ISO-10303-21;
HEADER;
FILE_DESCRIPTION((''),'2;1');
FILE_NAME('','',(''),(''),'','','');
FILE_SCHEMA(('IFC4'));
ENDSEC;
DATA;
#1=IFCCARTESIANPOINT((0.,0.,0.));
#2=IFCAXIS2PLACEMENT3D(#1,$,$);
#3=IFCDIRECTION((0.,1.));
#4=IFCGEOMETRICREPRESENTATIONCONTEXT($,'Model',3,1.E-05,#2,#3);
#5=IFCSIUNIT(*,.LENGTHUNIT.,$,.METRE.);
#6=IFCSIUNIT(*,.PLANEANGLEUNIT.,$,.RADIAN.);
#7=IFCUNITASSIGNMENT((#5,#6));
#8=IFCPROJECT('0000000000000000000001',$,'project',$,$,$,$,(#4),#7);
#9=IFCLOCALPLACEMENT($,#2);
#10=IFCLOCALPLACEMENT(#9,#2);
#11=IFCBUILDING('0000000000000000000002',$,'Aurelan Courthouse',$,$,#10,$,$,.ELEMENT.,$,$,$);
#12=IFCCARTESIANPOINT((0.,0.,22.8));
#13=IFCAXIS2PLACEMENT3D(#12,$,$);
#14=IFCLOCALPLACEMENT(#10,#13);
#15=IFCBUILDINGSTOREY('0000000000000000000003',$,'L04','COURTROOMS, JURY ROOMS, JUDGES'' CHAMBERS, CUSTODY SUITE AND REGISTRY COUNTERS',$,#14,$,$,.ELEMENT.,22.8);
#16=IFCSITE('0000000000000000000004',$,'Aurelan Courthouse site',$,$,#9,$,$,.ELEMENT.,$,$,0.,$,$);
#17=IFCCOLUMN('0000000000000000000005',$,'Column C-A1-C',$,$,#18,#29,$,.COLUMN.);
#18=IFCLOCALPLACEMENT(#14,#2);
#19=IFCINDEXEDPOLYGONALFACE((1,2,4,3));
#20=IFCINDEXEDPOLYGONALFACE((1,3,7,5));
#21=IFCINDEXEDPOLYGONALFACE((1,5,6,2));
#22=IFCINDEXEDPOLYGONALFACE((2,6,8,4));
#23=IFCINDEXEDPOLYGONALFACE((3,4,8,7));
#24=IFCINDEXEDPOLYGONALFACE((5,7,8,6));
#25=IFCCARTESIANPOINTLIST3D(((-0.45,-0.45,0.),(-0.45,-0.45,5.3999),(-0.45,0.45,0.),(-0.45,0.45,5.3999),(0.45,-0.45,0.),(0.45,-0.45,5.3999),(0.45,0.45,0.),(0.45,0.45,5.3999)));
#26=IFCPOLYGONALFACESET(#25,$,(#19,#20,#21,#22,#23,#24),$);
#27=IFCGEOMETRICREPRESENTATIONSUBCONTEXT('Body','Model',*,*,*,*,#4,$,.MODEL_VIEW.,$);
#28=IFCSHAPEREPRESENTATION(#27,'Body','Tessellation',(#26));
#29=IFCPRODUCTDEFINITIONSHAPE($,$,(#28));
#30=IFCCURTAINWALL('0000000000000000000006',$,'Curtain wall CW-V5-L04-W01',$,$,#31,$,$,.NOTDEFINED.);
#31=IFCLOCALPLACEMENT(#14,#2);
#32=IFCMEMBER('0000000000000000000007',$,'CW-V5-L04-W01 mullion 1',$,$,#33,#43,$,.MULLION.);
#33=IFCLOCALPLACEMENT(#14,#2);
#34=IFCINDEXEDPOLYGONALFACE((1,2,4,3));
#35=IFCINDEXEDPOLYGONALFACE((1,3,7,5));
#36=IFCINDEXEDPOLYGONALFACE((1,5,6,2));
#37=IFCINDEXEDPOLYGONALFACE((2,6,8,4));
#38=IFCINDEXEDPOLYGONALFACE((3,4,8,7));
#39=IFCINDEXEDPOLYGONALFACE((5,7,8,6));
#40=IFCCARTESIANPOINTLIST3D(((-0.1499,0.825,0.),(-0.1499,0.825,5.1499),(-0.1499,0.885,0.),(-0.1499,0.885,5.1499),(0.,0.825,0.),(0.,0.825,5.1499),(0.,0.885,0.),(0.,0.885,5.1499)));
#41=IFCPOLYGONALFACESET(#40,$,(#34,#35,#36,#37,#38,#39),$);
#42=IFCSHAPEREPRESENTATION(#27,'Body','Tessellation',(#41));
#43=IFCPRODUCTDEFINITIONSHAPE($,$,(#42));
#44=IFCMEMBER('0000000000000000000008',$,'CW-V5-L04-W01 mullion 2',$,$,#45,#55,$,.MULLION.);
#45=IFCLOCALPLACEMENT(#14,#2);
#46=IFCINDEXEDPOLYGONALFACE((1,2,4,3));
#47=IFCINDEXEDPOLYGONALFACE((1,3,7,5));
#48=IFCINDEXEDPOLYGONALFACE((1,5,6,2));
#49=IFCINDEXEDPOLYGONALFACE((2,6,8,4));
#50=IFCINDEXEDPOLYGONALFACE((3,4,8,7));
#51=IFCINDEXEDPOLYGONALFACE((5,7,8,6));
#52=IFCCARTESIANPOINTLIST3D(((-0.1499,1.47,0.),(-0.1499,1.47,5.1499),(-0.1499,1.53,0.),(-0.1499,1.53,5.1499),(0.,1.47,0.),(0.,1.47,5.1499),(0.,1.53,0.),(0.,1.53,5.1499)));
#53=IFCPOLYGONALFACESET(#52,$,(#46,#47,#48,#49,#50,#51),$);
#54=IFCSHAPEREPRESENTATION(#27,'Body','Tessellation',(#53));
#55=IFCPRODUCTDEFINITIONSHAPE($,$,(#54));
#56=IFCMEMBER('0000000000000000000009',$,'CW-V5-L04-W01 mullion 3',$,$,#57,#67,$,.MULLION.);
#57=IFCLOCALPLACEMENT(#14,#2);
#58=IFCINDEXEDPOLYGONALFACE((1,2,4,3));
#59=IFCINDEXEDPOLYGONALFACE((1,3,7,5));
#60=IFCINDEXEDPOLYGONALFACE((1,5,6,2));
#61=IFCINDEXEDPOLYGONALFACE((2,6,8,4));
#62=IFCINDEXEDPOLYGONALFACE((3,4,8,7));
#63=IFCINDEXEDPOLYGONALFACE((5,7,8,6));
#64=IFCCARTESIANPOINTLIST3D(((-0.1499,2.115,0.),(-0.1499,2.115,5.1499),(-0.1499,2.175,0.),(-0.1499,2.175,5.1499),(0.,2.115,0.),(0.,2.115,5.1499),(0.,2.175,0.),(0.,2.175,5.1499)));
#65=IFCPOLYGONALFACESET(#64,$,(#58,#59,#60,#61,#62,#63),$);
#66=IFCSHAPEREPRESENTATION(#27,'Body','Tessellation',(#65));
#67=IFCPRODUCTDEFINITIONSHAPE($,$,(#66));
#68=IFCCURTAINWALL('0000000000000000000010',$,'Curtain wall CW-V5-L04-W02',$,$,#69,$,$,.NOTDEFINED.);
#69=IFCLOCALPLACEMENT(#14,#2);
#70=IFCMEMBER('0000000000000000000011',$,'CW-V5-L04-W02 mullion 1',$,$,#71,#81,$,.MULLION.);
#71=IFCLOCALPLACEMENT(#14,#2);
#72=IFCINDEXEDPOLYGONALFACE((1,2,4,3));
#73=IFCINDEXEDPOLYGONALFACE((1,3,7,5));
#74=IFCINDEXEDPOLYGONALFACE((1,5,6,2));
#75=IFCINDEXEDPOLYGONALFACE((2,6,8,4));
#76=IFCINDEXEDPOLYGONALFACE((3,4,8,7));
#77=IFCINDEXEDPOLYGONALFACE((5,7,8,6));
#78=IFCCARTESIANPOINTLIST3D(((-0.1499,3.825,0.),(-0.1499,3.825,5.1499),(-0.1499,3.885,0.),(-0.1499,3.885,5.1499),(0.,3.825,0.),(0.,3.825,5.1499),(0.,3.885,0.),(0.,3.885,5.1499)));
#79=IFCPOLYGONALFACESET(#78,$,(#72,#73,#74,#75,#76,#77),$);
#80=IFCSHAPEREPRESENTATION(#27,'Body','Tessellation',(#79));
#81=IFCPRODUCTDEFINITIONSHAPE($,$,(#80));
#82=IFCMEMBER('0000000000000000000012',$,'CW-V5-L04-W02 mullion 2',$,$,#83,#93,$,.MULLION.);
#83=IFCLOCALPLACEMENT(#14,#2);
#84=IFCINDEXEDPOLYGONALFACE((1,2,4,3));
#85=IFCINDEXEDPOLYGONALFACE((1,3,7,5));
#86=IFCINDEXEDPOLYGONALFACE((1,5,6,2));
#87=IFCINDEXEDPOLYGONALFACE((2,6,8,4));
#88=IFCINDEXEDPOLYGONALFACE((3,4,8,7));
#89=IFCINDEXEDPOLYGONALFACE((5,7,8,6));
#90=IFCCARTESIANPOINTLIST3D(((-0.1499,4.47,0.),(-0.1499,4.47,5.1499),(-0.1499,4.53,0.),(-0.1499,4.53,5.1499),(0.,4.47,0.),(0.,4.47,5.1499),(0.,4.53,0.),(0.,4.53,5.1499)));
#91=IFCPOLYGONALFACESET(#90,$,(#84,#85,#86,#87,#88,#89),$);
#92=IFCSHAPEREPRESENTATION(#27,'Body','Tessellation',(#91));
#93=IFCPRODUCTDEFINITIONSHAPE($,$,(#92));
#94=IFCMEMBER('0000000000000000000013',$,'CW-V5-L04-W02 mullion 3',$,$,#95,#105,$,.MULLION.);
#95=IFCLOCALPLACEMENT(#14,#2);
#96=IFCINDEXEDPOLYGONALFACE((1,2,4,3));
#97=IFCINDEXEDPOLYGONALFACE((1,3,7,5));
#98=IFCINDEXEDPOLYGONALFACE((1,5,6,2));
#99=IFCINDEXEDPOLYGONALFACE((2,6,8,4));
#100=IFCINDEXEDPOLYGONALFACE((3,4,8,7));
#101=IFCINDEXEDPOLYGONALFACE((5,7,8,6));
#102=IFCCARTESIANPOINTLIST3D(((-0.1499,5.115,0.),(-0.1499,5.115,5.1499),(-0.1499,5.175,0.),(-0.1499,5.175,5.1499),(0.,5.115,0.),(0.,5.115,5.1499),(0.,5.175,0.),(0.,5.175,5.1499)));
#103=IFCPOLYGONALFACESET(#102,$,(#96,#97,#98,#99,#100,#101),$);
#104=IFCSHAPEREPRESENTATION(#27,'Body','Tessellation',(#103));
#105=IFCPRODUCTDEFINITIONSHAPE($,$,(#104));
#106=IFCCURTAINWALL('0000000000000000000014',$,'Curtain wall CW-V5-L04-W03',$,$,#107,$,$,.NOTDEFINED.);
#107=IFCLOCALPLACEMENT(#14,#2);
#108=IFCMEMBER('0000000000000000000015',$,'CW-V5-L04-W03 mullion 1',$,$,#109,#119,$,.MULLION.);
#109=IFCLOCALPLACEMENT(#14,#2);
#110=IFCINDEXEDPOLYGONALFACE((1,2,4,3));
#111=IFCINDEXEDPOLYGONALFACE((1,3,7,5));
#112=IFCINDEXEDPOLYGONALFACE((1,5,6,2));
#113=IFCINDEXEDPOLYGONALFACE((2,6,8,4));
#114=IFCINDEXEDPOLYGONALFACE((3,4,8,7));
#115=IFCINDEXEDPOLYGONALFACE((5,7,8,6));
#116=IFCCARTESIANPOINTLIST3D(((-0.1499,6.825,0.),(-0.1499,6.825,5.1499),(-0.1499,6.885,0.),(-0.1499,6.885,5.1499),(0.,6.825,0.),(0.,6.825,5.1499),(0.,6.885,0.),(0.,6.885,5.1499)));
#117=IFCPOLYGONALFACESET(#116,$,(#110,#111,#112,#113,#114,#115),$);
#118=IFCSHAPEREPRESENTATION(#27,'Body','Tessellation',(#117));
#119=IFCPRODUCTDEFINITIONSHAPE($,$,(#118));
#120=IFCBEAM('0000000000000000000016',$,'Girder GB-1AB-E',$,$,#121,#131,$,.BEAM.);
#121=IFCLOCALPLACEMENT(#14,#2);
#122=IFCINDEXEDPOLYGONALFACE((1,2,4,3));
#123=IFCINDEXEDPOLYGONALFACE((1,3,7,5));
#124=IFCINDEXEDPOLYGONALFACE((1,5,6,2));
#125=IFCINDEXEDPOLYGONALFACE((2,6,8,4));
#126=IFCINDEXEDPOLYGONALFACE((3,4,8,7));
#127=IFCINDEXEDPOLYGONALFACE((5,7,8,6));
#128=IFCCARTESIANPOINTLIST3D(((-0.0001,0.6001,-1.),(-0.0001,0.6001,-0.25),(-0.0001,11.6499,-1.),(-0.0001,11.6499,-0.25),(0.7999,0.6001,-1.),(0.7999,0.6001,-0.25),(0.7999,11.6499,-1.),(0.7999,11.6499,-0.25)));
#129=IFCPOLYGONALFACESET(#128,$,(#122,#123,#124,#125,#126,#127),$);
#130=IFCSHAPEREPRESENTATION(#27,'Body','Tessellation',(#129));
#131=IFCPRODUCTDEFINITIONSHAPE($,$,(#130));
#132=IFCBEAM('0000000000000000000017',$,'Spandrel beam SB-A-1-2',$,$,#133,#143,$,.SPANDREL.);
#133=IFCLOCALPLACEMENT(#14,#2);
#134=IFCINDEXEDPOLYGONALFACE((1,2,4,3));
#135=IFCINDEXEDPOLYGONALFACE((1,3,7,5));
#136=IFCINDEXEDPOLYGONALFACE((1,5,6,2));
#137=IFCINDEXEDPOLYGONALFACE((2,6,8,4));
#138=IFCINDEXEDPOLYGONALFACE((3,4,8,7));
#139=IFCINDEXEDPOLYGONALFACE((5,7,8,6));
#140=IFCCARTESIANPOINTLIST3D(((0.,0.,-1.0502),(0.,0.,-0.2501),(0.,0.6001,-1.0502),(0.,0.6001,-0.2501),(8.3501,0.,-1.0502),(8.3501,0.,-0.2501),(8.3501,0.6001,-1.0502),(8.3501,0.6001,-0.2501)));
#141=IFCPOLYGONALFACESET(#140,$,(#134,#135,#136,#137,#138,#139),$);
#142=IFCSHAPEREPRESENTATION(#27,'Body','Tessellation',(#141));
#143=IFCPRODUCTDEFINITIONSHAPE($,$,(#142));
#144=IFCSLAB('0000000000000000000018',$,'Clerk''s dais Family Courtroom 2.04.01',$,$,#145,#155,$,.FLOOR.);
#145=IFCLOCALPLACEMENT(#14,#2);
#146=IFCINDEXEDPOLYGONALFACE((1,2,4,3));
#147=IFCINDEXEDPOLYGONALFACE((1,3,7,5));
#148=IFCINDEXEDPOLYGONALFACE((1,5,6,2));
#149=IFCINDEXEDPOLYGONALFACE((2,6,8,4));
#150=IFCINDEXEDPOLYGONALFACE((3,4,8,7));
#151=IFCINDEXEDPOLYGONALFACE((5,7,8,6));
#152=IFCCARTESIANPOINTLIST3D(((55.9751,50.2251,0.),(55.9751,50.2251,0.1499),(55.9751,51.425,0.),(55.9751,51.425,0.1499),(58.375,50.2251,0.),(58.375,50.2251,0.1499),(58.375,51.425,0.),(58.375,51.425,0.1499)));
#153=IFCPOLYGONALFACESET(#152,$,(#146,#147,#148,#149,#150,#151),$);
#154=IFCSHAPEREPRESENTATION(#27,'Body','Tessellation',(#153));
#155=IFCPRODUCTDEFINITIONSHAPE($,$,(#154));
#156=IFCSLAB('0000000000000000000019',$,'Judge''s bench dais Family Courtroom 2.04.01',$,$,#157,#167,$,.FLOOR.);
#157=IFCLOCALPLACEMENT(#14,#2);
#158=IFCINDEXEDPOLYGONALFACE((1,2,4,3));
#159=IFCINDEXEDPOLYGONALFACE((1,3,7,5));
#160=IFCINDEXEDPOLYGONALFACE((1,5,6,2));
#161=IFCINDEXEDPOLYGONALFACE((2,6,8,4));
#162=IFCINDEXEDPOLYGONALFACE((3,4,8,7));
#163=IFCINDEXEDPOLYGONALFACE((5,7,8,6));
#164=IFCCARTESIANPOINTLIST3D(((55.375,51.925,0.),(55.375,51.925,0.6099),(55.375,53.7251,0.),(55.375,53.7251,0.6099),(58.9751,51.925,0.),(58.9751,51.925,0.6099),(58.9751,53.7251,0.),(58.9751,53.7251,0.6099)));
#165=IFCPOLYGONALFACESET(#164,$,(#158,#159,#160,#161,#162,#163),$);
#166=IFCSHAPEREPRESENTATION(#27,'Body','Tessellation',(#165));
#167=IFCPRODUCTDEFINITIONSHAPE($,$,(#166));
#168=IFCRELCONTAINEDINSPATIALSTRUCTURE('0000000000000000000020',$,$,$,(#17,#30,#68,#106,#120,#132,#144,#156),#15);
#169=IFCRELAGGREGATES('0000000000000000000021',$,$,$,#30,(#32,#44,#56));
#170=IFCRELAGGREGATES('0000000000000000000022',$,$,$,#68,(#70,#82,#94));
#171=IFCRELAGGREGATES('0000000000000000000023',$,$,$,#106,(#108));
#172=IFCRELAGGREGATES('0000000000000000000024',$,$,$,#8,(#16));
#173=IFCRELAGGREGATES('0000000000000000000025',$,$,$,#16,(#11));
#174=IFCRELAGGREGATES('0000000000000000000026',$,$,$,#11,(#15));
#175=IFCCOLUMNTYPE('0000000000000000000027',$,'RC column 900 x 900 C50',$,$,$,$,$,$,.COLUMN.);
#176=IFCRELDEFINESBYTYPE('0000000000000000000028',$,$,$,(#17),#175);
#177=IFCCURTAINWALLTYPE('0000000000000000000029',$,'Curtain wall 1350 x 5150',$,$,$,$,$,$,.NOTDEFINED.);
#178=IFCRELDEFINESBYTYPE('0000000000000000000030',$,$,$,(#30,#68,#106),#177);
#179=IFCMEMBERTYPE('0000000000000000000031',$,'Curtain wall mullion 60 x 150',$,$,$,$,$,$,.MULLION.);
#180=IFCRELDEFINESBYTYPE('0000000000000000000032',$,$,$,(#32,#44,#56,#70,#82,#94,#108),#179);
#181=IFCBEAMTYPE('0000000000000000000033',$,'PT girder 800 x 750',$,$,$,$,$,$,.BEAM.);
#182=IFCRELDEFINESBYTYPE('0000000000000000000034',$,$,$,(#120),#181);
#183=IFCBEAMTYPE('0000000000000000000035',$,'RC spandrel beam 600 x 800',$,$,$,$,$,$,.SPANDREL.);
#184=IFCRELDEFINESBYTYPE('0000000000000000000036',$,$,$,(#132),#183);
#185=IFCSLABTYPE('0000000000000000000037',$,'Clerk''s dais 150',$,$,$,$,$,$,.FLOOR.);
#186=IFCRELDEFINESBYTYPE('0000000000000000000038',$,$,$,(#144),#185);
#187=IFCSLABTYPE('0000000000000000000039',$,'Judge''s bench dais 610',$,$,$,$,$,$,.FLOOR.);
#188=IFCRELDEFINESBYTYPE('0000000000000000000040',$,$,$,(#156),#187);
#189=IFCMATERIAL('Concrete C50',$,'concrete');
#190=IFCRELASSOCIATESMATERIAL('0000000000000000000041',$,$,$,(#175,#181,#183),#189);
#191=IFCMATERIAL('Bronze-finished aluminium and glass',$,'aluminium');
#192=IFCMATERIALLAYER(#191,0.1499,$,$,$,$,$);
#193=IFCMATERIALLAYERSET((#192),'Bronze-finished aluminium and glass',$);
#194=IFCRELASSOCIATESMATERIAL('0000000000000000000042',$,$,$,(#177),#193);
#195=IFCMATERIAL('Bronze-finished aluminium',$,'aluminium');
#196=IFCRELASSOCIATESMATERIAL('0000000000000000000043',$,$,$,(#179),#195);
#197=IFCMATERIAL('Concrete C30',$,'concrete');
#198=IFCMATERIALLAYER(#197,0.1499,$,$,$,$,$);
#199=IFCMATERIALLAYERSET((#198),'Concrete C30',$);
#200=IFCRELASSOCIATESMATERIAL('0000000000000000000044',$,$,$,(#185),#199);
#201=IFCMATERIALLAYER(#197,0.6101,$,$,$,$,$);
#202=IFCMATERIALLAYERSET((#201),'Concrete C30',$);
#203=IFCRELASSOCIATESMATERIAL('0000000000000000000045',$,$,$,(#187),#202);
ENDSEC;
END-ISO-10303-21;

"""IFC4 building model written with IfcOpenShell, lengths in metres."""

from ifc_helpers import new_model, si_unit, direction, frame, origin, origin_with_axes, origin_2d, place, context, subcontext, project, spatial, polyline, rectangle, outline, extrude, material, layer, layer_set, material_profile, profile_set, type_object, element, aggregate, save


model = new_model("IFC4")

# Units and contexts
model_context = context("Model", 3, precision=1e-05, world=origin(), true_north=direction((0.0, 1.0)))
body_context = subcontext(model_context, "Body", "Model", "MODEL_VIEW")
ifc_project = project(units=[si_unit("LENGTHUNIT", "METRE"), si_unit("PLANEANGLEUNIT", "RADIAN")], contexts=[model_context])

# Site, building, storey
site_placement = place(None, origin())
site = spatial("IfcSite", under=ifc_project, at=site_placement, Name="Aurelan Courthouse site", CompositionType="ELEMENT", RefElevation=0.0)
building_placement = place(site_placement, origin())
building = spatial("IfcBuilding", under=site, at=building_placement, Name="Aurelan Courthouse", CompositionType="ELEMENT")
storey_placement = place(building_placement, frame((0.0, 0.0, 22.8)))
storey = spatial("IfcBuildingStorey", under=building, at=storey_placement, Name="L04", Description="COURTROOMS, JURY ROOMS, JUDGES' CHAMBERS, CUSTODY SUITE AND REGISTRY COUNTERS", CompositionType="ELEMENT", Elevation=22.8)

# Column
ifc_material_1 = material(Name="Concrete C50", Category="concrete")
ifc_material_profile_1 = material_profile(ifc_material_1, rectangle(XDim=0.8999, YDim=0.8999, at=origin_2d()), Name="RC 900 x 900")
ifc_profile_set_1 = profile_set([ifc_material_profile_1], Name="Concrete C50")
column_type = type_object("IfcColumnType", Name="RC column 900 x 900 C50", PredefinedType="COLUMN", material=ifc_profile_set_1)
column_placement = place(storey_placement, origin_with_axes())
element("IfcColumn", 1, at=column_placement, inside=storey, type_object=column_type, Name="Column C-A1-C", PredefinedType="COLUMN", context=body_context, shape_type="SweptSolid", body=[
    extrude(rectangle(XDim=0.8999, YDim=0.8999, at=origin_2d()), origin(), (0.0, 0.0, 1.0), 5.3999),
])

# Curtain walls, members
ifc_material_2 = material(Name="Bronze-finished aluminium and glass", Category="aluminium")
ifc_layer_1 = layer(ifc_material_2, 0.1499)
ifc_layer_set_1 = layer_set([ifc_layer_1], Name="Bronze-finished aluminium and glass")
curtain_wall_type = type_object("IfcCurtainWallType", Name="Curtain wall 1350 x 5150", PredefinedType="NOTDEFINED", material=ifc_layer_set_1)
curtain_wall_1_placement = place(storey_placement, origin())
curtain_wall_1 = element("IfcCurtainWall", 2, at=curtain_wall_1_placement, inside=storey, type_object=curtain_wall_type, Name="Curtain wall CW-V5-L04-W01", PredefinedType="NOTDEFINED")
ifc_material_3 = material(Name="Bronze-finished aluminium", Category="aluminium")
ifc_material_profile_2 = material_profile(ifc_material_3, rectangle(XDim=0.1499, YDim=0.0601, at=origin_2d()), Name="Bronze mullion 60 x 150")
ifc_profile_set_2 = profile_set([ifc_material_profile_2], Name="Bronze-finished aluminium")
member_type = type_object("IfcMemberType", Name="Curtain wall mullion 60 x 150", PredefinedType="MULLION", material=ifc_profile_set_2)
member_1_placement = place(storey_placement, frame((-0.075, 0.855, 0.0), z_axis=(0.0, 0.0, 1.0), x_axis=(-1.0, 0.0, 0.0)))
member_1 = element("IfcMember", 3, at=member_1_placement, type_object=member_type, Name="CW-V5-L04-W01 mullion 1", PredefinedType="MULLION", context=body_context, shape_type="SweptSolid", body=[
    extrude(rectangle(XDim=0.1499, YDim=0.0601, at=origin_2d()), origin(), (0.0, 0.0, 1.0), 5.1499),
])
member_2_placement = place(storey_placement, frame((-0.075, 1.5, 0.0), z_axis=(0.0, 0.0, 1.0), x_axis=(-1.0, 0.0, 0.0)))
member_2 = element("IfcMember", 4, at=member_2_placement, type_object=member_type, Name="CW-V5-L04-W01 mullion 2", PredefinedType="MULLION", context=body_context, shape_type="SweptSolid", body=[
    extrude(rectangle(XDim=0.1499, YDim=0.0601, at=origin_2d()), origin(), (0.0, 0.0, 1.0), 5.1499),
])
member_3_placement = place(storey_placement, frame((-0.075, 2.145, 0.0), z_axis=(0.0, 0.0, 1.0), x_axis=(-1.0, 0.0, 0.0)))
member_3 = element("IfcMember", 5, at=member_3_placement, type_object=member_type, Name="CW-V5-L04-W01 mullion 3", PredefinedType="MULLION", context=body_context, shape_type="SweptSolid", body=[
    extrude(rectangle(XDim=0.1499, YDim=0.0601, at=origin_2d()), origin(), (0.0, 0.0, 1.0), 5.1499),
])
aggregate(curtain_wall_1, [member_1, member_2, member_3])
curtain_wall_2_placement = place(storey_placement, origin())
curtain_wall_2 = element("IfcCurtainWall", 6, at=curtain_wall_2_placement, inside=storey, type_object=curtain_wall_type, Name="Curtain wall CW-V5-L04-W02", PredefinedType="NOTDEFINED")
member_4_placement = place(storey_placement, frame((-0.075, 3.855, 0.0), z_axis=(0.0, 0.0, 1.0), x_axis=(-1.0, 0.0, 0.0)))
member_4 = element("IfcMember", 7, at=member_4_placement, type_object=member_type, Name="CW-V5-L04-W02 mullion 1", PredefinedType="MULLION", context=body_context, shape_type="SweptSolid", body=[
    extrude(rectangle(XDim=0.1499, YDim=0.0601, at=origin_2d()), origin(), (0.0, 0.0, 1.0), 5.1499),
])
member_5_placement = place(storey_placement, frame((-0.075, 4.5, 0.0), z_axis=(0.0, 0.0, 1.0), x_axis=(-1.0, 0.0, 0.0)))
member_5 = element("IfcMember", 8, at=member_5_placement, type_object=member_type, Name="CW-V5-L04-W02 mullion 2", PredefinedType="MULLION", context=body_context, shape_type="SweptSolid", body=[
    extrude(rectangle(XDim=0.1499, YDim=0.0601, at=origin_2d()), origin(), (0.0, 0.0, 1.0), 5.1499),
])
member_6_placement = place(storey_placement, frame((-0.075, 5.145, 0.0), z_axis=(0.0, 0.0, 1.0), x_axis=(-1.0, 0.0, 0.0)))
member_6 = element("IfcMember", 9, at=member_6_placement, type_object=member_type, Name="CW-V5-L04-W02 mullion 3", PredefinedType="MULLION", context=body_context, shape_type="SweptSolid", body=[
    extrude(rectangle(XDim=0.1499, YDim=0.0601, at=origin_2d()), origin(), (0.0, 0.0, 1.0), 5.1499),
])
aggregate(curtain_wall_2, [member_4, member_5, member_6])

# Curtain wall, member
curtain_wall_3_placement = place(storey_placement, origin())
curtain_wall_3 = element("IfcCurtainWall", 10, at=curtain_wall_3_placement, inside=storey, type_object=curtain_wall_type, Name="Curtain wall CW-V5-L04-W03", PredefinedType="NOTDEFINED")
member_7_placement = place(storey_placement, frame((-0.075, 6.855, 0.0), z_axis=(0.0, 0.0, 1.0), x_axis=(-1.0, 0.0, 0.0)))
member_7 = element("IfcMember", 11, at=member_7_placement, type_object=member_type, Name="CW-V5-L04-W03 mullion 1", PredefinedType="MULLION", context=body_context, shape_type="SweptSolid", body=[
    extrude(rectangle(XDim=0.1499, YDim=0.0601, at=origin_2d()), origin(), (0.0, 0.0, 1.0), 5.1499),
])
aggregate(curtain_wall_3, [member_7])

# Beams
ifc_material_profile_3 = material_profile(ifc_material_1, rectangle(XDim=0.8, YDim=0.75, at=origin_2d()), Name="RC 800 x 750")
ifc_profile_set_3 = profile_set([ifc_material_profile_3], Name="Concrete C50")
beam_type_1 = type_object("IfcBeamType", Name="PT girder 800 x 750", PredefinedType="BEAM", material=ifc_profile_set_3)
beam_1_placement = place(storey_placement, frame((0.3999, 0.6001, -0.625), z_axis=(0.0, 1.0, 0.0), x_axis=(-1.0, 0.0, 0.0)))
element("IfcBeam", 12, at=beam_1_placement, inside=storey, type_object=beam_type_1, Name="Girder GB-1AB-E", PredefinedType="BEAM", context=body_context, shape_type="SweptSolid", body=[
    extrude(rectangle(XDim=0.8, YDim=0.75, at=origin_2d()), origin(), (0.0, 0.0, 1.0), 11.0498),
])
ifc_material_profile_4 = material_profile(ifc_material_1, rectangle(XDim=0.6001, YDim=0.8, at=origin_2d()), Name="RC 600 x 800")
ifc_profile_set_4 = profile_set([ifc_material_profile_4], Name="Concrete C50")
beam_type_2 = type_object("IfcBeamType", Name="RC spandrel beam 600 x 800", PredefinedType="SPANDREL", material=ifc_profile_set_4)
beam_2_placement = place(storey_placement, frame((0.0, 0.3, -0.6501), z_axis=(1.0, 0.0, 0.0), x_axis=(0.0, 1.0, 0.0)))
element("IfcBeam", 13, at=beam_2_placement, inside=storey, type_object=beam_type_2, Name="Spandrel beam SB-A-1-2", PredefinedType="SPANDREL", context=body_context, shape_type="SweptSolid", body=[
    extrude(rectangle(XDim=0.6001, YDim=0.8, at=origin_2d()), origin(), (0.0, 0.0, 1.0), 8.3501),
])

# Slabs
ifc_material_4 = material(Name="Concrete C30", Category="concrete")
ifc_layer_2 = layer(ifc_material_4, 0.1499)
ifc_layer_set_2 = layer_set([ifc_layer_2], Name="Concrete C30")
slab_type_1 = type_object("IfcSlabType", Name="Clerk's dais 150", PredefinedType="FLOOR", material=ifc_layer_set_2)
slab_1_placement = place(storey_placement, origin())
element("IfcSlab", 14, at=slab_1_placement, inside=storey, type_object=slab_type_1, Name="Clerk's dais Family Courtroom 2.04.01", PredefinedType="FLOOR", context=body_context, shape_type="SweptSolid", body=[
    extrude(outline(polyline([(55.9751, 50.2251), (58.375, 50.2251), (58.375, 51.425), (55.9751, 51.425), (55.9751, 50.2251)])), origin(), (0.0, 0.0, 1.0), 0.1499),
])
ifc_layer_3 = layer(ifc_material_4, 0.6101)
ifc_layer_set_3 = layer_set([ifc_layer_3], Name="Concrete C30")
slab_type_2 = type_object("IfcSlabType", Name="Judge's bench dais 610", PredefinedType="FLOOR", material=ifc_layer_set_3)
slab_2_placement = place(storey_placement, origin())
element("IfcSlab", 15, at=slab_2_placement, inside=storey, type_object=slab_type_2, Name="Judge's bench dais Family Courtroom 2.04.01", PredefinedType="FLOOR", context=body_context, shape_type="SweptSolid", body=[
    extrude(outline(polyline([(55.375, 51.925), (58.9751, 51.925), (58.9751, 53.7251), (55.375, 53.7251), (55.375, 51.925)])), origin(), (0.0, 0.0, 1.0), 0.6099),
])

save(model, "model.ifc")
